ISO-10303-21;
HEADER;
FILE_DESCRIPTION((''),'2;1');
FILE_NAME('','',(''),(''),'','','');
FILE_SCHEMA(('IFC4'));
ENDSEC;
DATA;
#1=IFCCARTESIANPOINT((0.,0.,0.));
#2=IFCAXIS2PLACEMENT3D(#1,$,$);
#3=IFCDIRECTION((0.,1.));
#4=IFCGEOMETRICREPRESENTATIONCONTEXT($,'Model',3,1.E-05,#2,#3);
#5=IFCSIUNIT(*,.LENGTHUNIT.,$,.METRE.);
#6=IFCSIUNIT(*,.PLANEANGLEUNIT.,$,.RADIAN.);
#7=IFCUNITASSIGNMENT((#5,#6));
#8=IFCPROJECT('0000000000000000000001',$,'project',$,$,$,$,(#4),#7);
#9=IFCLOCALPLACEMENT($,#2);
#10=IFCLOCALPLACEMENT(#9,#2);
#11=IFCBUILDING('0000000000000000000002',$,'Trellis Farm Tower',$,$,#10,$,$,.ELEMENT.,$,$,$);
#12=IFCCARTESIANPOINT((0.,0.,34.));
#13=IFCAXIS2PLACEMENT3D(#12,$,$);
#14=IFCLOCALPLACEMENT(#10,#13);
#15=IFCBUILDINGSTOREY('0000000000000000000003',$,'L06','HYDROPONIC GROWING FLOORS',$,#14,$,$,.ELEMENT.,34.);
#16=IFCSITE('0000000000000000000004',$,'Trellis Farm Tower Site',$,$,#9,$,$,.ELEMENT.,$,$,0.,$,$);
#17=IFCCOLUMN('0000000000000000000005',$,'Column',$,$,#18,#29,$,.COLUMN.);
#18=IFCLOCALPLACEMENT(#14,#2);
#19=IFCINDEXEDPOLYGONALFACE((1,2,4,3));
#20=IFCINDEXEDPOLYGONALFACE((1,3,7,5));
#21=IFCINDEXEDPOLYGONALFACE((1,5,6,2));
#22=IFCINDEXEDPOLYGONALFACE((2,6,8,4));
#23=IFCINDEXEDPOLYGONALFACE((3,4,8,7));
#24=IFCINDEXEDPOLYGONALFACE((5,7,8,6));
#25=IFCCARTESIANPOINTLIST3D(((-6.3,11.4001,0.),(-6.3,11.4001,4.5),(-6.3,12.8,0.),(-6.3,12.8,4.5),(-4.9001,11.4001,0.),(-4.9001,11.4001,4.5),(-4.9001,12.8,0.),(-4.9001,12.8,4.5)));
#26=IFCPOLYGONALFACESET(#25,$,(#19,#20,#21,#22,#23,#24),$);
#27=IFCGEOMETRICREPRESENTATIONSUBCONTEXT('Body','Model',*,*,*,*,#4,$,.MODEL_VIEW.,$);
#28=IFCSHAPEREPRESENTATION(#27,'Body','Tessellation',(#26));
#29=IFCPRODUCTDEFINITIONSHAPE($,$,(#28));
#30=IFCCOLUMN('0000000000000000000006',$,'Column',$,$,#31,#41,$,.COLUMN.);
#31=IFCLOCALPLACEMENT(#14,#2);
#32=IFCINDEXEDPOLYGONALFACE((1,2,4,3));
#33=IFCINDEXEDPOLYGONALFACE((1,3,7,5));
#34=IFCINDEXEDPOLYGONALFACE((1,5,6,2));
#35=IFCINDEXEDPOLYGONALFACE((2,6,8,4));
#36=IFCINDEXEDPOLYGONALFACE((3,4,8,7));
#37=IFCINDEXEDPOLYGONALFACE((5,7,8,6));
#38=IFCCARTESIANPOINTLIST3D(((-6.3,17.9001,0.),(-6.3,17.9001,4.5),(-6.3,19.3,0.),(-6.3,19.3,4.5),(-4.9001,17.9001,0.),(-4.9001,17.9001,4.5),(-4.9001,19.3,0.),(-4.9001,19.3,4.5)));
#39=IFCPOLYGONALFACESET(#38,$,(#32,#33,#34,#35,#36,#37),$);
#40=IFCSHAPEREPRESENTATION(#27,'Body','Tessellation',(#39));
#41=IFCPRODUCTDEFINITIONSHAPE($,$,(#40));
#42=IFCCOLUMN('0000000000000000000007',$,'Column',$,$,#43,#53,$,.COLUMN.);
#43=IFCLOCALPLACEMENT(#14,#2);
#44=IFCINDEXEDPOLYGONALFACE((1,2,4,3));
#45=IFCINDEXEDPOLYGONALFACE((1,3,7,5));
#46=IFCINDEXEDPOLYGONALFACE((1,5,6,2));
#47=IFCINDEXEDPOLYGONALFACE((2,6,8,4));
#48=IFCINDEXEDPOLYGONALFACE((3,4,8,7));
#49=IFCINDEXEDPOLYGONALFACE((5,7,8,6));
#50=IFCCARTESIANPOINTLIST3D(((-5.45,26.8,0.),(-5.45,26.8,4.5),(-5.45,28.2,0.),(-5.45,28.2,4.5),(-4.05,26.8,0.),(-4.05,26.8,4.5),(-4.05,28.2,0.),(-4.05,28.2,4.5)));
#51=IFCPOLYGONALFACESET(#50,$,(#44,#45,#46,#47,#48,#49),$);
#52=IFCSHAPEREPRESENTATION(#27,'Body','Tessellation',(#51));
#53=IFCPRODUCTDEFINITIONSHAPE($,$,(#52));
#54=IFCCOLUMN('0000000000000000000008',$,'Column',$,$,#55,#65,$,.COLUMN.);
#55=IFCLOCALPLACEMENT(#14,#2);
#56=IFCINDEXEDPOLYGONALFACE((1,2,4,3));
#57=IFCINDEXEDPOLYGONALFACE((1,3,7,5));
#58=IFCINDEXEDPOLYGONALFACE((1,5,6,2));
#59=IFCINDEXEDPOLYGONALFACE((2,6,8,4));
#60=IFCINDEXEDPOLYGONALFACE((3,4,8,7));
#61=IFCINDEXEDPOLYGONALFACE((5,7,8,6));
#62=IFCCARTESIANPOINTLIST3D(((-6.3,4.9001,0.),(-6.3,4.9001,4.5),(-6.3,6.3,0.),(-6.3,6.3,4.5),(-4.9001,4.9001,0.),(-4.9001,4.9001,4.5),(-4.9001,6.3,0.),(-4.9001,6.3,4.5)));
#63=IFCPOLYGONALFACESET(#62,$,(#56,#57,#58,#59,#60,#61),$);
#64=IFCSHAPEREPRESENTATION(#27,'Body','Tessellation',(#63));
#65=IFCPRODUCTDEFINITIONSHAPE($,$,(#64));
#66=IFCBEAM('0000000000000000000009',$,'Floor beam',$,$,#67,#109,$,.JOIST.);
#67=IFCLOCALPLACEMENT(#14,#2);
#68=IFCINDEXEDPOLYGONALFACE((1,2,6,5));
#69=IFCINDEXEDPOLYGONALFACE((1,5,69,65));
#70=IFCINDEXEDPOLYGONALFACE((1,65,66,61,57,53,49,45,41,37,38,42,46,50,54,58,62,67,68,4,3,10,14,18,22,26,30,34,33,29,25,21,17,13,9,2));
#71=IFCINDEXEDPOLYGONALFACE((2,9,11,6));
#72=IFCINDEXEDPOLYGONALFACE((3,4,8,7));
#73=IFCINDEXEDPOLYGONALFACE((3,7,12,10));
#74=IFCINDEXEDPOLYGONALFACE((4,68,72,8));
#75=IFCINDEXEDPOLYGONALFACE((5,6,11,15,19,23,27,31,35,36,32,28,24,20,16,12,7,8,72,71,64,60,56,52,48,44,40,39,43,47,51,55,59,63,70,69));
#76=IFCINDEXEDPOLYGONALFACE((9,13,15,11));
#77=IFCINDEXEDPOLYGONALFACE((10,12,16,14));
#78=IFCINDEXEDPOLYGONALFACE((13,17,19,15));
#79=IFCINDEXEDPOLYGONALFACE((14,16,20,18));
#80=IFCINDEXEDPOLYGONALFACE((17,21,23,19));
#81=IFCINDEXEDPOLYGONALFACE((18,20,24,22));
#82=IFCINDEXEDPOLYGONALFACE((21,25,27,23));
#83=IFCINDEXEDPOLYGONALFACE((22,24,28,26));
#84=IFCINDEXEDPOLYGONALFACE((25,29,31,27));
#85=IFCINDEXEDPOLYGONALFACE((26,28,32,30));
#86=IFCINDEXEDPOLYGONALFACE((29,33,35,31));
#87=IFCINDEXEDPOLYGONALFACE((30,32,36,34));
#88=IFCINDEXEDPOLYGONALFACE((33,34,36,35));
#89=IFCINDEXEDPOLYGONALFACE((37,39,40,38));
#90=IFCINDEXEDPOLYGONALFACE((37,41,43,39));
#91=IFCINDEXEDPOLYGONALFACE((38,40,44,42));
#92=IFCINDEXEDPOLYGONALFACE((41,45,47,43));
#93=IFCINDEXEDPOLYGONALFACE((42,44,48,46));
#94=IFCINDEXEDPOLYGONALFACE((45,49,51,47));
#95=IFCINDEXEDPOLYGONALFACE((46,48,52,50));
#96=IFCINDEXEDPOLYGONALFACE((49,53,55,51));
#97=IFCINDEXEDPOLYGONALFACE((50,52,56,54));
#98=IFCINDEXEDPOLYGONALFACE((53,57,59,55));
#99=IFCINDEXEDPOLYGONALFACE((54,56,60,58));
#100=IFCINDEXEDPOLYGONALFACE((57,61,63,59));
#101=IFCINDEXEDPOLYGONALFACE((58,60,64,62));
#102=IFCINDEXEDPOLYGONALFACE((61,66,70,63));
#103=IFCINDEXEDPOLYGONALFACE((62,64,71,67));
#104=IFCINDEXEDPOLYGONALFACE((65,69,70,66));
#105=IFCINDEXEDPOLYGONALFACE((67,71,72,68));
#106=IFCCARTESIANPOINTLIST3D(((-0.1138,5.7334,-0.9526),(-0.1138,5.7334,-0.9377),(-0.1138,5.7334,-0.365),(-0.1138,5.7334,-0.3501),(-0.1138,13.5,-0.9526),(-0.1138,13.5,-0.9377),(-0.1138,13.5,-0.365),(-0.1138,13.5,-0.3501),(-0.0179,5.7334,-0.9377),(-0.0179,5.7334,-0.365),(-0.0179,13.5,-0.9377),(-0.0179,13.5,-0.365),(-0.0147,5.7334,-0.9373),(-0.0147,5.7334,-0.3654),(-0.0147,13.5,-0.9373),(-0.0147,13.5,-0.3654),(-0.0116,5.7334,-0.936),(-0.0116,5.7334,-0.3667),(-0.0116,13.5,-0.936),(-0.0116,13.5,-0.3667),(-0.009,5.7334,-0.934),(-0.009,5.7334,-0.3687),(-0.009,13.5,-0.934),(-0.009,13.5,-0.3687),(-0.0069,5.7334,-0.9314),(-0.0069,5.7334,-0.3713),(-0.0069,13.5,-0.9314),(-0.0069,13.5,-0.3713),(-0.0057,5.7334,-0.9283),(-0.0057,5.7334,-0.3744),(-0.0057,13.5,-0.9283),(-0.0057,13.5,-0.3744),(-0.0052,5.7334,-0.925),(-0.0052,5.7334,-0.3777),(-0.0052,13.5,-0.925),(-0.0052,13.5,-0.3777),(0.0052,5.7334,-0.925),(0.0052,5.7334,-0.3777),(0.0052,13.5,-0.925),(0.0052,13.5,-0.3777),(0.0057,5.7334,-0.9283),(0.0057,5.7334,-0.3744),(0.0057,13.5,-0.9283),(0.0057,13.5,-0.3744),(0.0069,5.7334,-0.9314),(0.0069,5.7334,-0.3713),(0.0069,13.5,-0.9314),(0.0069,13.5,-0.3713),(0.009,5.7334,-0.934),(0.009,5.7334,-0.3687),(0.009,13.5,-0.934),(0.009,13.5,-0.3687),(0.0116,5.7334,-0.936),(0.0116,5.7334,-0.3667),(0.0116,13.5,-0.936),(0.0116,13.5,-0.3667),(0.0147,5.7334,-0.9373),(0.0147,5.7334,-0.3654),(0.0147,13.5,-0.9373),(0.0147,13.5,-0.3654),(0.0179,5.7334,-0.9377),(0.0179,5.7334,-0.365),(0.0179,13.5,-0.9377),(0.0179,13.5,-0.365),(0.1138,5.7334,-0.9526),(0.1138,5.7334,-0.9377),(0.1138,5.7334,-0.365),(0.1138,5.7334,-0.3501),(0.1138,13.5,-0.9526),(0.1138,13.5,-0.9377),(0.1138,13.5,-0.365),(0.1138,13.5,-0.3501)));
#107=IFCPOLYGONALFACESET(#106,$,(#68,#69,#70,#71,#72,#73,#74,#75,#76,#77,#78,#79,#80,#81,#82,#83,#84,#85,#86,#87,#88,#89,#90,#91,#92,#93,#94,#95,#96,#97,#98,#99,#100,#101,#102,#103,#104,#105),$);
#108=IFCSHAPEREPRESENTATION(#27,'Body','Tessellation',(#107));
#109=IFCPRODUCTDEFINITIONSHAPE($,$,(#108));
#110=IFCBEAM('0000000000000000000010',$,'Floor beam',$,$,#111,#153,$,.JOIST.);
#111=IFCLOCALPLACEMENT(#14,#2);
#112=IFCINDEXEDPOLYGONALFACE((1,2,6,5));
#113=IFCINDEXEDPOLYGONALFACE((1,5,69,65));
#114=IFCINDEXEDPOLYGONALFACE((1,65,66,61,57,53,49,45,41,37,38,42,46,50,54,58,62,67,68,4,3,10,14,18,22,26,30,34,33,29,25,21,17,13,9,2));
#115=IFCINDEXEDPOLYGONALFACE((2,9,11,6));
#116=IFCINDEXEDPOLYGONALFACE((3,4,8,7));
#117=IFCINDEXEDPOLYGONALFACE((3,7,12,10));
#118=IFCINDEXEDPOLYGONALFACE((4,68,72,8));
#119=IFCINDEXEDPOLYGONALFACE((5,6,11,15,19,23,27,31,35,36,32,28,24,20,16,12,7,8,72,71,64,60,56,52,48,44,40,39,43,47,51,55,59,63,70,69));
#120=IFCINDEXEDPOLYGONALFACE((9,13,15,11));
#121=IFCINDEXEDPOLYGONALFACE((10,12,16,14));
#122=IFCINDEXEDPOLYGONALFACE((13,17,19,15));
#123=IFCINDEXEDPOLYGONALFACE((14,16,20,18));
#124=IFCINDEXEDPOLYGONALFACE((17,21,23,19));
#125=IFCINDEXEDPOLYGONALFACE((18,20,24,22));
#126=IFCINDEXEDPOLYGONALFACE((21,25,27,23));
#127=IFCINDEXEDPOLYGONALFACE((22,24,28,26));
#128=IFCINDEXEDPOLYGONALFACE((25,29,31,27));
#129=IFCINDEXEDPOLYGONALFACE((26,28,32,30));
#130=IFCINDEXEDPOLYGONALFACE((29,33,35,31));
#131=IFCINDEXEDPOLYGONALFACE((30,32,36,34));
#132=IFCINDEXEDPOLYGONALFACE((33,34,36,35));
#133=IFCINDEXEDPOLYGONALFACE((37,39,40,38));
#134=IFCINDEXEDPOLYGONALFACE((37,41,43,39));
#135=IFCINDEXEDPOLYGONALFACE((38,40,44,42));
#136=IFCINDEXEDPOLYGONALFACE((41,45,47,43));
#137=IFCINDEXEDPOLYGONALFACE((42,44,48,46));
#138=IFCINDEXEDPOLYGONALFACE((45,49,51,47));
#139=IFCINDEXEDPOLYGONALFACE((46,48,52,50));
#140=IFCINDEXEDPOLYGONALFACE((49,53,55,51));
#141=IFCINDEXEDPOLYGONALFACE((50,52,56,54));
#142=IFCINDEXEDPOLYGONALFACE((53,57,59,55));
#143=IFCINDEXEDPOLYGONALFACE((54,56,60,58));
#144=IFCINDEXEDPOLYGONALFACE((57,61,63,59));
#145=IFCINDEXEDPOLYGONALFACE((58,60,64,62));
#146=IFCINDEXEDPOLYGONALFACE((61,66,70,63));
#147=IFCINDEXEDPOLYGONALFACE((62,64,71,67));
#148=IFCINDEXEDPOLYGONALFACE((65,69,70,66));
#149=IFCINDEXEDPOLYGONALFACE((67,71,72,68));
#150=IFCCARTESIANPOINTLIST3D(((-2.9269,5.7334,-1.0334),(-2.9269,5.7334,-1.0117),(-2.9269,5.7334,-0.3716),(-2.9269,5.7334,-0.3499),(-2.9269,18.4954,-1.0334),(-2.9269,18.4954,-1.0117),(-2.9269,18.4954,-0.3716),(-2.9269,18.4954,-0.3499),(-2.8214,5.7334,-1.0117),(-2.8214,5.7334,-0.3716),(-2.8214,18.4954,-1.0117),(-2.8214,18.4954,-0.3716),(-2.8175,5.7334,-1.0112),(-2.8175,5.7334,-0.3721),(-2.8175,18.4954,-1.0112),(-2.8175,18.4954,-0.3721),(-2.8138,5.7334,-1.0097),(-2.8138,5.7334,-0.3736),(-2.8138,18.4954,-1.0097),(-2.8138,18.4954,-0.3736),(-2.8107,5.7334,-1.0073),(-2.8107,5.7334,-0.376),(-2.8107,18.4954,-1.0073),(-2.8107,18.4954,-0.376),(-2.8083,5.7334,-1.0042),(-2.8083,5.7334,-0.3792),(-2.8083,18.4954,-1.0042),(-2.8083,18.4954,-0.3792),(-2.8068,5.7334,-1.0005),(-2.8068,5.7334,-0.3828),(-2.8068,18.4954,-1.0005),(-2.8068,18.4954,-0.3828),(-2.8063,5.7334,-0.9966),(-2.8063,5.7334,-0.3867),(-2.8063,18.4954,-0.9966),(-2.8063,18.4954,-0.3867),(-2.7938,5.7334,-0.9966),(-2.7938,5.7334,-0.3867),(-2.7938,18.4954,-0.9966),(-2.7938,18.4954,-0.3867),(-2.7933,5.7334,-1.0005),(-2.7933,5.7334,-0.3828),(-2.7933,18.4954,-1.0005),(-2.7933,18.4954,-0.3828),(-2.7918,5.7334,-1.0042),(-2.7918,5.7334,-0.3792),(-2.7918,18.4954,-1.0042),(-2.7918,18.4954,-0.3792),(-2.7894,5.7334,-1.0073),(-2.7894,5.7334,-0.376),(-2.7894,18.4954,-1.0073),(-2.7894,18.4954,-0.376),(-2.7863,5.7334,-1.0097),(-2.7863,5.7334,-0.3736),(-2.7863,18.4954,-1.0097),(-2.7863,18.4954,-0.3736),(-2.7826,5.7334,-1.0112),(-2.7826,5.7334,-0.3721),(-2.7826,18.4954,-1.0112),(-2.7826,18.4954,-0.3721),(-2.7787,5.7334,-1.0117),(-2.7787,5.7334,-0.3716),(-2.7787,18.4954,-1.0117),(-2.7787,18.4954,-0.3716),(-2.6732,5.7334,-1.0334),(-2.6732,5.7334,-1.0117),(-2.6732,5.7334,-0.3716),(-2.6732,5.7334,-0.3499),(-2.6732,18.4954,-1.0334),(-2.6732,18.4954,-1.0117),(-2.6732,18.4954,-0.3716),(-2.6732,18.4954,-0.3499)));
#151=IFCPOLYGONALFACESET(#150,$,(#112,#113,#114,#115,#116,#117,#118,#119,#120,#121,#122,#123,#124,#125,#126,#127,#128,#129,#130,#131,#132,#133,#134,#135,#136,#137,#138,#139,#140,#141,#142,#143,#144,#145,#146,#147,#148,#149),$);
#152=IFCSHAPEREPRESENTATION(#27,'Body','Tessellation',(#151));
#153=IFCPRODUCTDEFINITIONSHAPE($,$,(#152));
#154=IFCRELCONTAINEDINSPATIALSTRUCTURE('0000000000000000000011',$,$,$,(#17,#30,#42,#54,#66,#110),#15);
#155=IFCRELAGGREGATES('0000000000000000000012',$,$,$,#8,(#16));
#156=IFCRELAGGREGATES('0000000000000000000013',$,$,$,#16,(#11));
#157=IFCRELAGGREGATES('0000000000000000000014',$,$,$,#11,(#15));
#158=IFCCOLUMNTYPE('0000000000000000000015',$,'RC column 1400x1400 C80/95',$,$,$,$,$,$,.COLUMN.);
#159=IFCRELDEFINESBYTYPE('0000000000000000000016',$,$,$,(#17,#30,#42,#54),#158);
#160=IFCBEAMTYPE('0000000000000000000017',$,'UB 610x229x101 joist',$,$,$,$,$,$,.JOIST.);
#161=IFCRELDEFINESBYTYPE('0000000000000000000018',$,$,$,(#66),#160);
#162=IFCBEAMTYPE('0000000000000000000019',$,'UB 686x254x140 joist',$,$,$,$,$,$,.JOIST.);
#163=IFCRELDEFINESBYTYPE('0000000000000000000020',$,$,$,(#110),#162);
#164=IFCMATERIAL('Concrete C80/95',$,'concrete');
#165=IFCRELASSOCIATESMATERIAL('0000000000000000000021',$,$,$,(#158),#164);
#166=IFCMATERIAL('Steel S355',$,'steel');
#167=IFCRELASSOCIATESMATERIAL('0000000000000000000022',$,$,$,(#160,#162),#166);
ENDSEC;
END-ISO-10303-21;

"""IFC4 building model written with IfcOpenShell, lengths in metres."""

from ifc_helpers import new_model, si_unit, direction, frame, origin, origin_2d, place, context, subcontext, project, spatial, rectangle, i_section, extrude, source, transform, mapped, material, material_profile, profile_set, type_object, element, save


model = new_model("IFC4")

# Units and contexts
model_context = context("Model", 3, precision=1e-05, world=origin(), true_north=direction((0.0, 1.0)))
body_context = subcontext(model_context, "Body", "Model", "MODEL_VIEW")
ifc_project = project(units=[si_unit("LENGTHUNIT", "METRE"), si_unit("PLANEANGLEUNIT", "RADIAN")], contexts=[model_context])

# Site, building, storey
site_placement = place(None, origin())
site = spatial("IfcSite", under=ifc_project, at=site_placement, Name="Trellis Farm Tower Site", CompositionType="ELEMENT", RefElevation=0.0)
building_placement = place(site_placement, origin())
building = spatial("IfcBuilding", under=site, at=building_placement, Name="Trellis Farm Tower", CompositionType="ELEMENT")
storey_placement = place(building_placement, frame((0.0, 0.0, 34.0)))
storey = spatial("IfcBuildingStorey", under=building, at=storey_placement, Name="L06", Description="HYDROPONIC GROWING FLOORS", CompositionType="ELEMENT", Elevation=34.0)

# Columns
ifc_material_1 = material(Name="Concrete C80/95", Category="concrete")
ifc_material_profile_1 = material_profile(ifc_material_1, rectangle(XDim=1.3999, YDim=1.3999, at=origin_2d()), Name="RC column 1400x1400 C80/95")
ifc_profile_set_1 = profile_set([ifc_material_profile_1], Name="Concrete C80/95")
column_type = type_object("IfcColumnType", Name="RC column 1400x1400 C80/95", PredefinedType="COLUMN", material=ifc_profile_set_1)
shared_shape_1 = source(origin(), body_context, "Body", "SweptSolid", [
    extrude(rectangle(XDim=1.3999, YDim=1.3999, at=origin_2d()), origin(), (0.0, 0.0, 1.0), 4.5),
])
for number, where, z_axis, x_axis, name in (
    (1, (-5.6001, 12.1001, 0.0), (0.0, 0.0, 1.0), (1.0, 0.0, 0.0), "Column"),
    (2, (-5.6001, 18.6001, 0.0), (0.0, 0.0, 1.0), (1.0, 0.0, 0.0), "Column"),
    (3, (-4.75, 27.5, 0.0), (0.0, 0.0, 1.0), (1.0, 0.0, 0.0), "Column"),
    (4, (-5.6001, 5.6001, 0.0), (0.0, 0.0, 1.0), (1.0, 0.0, 0.0), "Column"),
):
    element("IfcColumn", number, at=place(storey_placement, frame(where, z_axis=z_axis, x_axis=x_axis)), inside=storey, type_object=column_type, Name=name, PredefinedType="COLUMN", context=body_context, shape_type="MappedRepresentation", body=[
        mapped(shared_shape_1, transform((0.0, 0.0, 0.0))),
    ])

# Beams
ifc_material_2 = material(Name="Steel S355", Category="steel")
ifc_material_profile_2 = material_profile(ifc_material_2, i_section(OverallWidth=0.2275, OverallDepth=0.6025, WebThickness=0.0105, FlangeThickness=0.0149, FilletRadius=0.0127, at=origin_2d()), Name="UB 610x229x101")
ifc_profile_set_2 = profile_set([ifc_material_profile_2], Name="Steel S355")
beam_type_1 = type_object("IfcBeamType", Name="UB 610x229x101 joist", PredefinedType="JOIST", material=ifc_profile_set_2)
shared_shape_2 = source(origin(), body_context, "Body", "SweptSolid", [
    extrude(i_section(OverallWidth=0.2275, OverallDepth=0.6025, WebThickness=0.0105, FlangeThickness=0.0149, FilletRadius=0.0127, at=origin_2d()), origin(), (0.0, 0.0, 1.0), 7.7666),
])
beam_1_placement = place(storey_placement, frame((0.0, 5.7334, -0.6514), z_axis=(0.0, 1.0, 0.0), x_axis=(-1.0, 0.0, 0.0)))
element("IfcBeam", 5, at=beam_1_placement, inside=storey, type_object=beam_type_1, Name="Floor beam", PredefinedType="JOIST", context=body_context, shape_type="MappedRepresentation", body=[
    mapped(shared_shape_2, transform((0.0, 0.0, 0.0))),
])
ifc_material_profile_3 = material_profile(ifc_material_2, i_section(OverallWidth=0.2537, OverallDepth=0.6836, WebThickness=0.0125, FlangeThickness=0.0217, FilletRadius=0.0151, at=origin_2d()), Name="UB 686x254x140")
ifc_profile_set_3 = profile_set([ifc_material_profile_3], Name="Steel S355")
beam_type_2 = type_object("IfcBeamType", Name="UB 686x254x140 joist", PredefinedType="JOIST", material=ifc_profile_set_3)
shared_shape_3 = source(origin(), body_context, "Body", "SweptSolid", [
    extrude(i_section(OverallWidth=0.2537, OverallDepth=0.6836, WebThickness=0.0125, FlangeThickness=0.0217, FilletRadius=0.0151, at=origin_2d()), origin(), (0.0, 0.0, 1.0), 12.762),
])
beam_2_placement = place(storey_placement, frame((-2.8, 5.7334, -0.6917), z_axis=(0.0, 1.0, 0.0), x_axis=(-1.0, 0.0, 0.0)))
element("IfcBeam", 6, at=beam_2_placement, inside=storey, type_object=beam_type_2, Name="Floor beam", PredefinedType="JOIST", context=body_context, shape_type="MappedRepresentation", body=[
    mapped(shared_shape_3, transform((0.0, 0.0, 0.0))),
])

save(model, "model.ifc")
